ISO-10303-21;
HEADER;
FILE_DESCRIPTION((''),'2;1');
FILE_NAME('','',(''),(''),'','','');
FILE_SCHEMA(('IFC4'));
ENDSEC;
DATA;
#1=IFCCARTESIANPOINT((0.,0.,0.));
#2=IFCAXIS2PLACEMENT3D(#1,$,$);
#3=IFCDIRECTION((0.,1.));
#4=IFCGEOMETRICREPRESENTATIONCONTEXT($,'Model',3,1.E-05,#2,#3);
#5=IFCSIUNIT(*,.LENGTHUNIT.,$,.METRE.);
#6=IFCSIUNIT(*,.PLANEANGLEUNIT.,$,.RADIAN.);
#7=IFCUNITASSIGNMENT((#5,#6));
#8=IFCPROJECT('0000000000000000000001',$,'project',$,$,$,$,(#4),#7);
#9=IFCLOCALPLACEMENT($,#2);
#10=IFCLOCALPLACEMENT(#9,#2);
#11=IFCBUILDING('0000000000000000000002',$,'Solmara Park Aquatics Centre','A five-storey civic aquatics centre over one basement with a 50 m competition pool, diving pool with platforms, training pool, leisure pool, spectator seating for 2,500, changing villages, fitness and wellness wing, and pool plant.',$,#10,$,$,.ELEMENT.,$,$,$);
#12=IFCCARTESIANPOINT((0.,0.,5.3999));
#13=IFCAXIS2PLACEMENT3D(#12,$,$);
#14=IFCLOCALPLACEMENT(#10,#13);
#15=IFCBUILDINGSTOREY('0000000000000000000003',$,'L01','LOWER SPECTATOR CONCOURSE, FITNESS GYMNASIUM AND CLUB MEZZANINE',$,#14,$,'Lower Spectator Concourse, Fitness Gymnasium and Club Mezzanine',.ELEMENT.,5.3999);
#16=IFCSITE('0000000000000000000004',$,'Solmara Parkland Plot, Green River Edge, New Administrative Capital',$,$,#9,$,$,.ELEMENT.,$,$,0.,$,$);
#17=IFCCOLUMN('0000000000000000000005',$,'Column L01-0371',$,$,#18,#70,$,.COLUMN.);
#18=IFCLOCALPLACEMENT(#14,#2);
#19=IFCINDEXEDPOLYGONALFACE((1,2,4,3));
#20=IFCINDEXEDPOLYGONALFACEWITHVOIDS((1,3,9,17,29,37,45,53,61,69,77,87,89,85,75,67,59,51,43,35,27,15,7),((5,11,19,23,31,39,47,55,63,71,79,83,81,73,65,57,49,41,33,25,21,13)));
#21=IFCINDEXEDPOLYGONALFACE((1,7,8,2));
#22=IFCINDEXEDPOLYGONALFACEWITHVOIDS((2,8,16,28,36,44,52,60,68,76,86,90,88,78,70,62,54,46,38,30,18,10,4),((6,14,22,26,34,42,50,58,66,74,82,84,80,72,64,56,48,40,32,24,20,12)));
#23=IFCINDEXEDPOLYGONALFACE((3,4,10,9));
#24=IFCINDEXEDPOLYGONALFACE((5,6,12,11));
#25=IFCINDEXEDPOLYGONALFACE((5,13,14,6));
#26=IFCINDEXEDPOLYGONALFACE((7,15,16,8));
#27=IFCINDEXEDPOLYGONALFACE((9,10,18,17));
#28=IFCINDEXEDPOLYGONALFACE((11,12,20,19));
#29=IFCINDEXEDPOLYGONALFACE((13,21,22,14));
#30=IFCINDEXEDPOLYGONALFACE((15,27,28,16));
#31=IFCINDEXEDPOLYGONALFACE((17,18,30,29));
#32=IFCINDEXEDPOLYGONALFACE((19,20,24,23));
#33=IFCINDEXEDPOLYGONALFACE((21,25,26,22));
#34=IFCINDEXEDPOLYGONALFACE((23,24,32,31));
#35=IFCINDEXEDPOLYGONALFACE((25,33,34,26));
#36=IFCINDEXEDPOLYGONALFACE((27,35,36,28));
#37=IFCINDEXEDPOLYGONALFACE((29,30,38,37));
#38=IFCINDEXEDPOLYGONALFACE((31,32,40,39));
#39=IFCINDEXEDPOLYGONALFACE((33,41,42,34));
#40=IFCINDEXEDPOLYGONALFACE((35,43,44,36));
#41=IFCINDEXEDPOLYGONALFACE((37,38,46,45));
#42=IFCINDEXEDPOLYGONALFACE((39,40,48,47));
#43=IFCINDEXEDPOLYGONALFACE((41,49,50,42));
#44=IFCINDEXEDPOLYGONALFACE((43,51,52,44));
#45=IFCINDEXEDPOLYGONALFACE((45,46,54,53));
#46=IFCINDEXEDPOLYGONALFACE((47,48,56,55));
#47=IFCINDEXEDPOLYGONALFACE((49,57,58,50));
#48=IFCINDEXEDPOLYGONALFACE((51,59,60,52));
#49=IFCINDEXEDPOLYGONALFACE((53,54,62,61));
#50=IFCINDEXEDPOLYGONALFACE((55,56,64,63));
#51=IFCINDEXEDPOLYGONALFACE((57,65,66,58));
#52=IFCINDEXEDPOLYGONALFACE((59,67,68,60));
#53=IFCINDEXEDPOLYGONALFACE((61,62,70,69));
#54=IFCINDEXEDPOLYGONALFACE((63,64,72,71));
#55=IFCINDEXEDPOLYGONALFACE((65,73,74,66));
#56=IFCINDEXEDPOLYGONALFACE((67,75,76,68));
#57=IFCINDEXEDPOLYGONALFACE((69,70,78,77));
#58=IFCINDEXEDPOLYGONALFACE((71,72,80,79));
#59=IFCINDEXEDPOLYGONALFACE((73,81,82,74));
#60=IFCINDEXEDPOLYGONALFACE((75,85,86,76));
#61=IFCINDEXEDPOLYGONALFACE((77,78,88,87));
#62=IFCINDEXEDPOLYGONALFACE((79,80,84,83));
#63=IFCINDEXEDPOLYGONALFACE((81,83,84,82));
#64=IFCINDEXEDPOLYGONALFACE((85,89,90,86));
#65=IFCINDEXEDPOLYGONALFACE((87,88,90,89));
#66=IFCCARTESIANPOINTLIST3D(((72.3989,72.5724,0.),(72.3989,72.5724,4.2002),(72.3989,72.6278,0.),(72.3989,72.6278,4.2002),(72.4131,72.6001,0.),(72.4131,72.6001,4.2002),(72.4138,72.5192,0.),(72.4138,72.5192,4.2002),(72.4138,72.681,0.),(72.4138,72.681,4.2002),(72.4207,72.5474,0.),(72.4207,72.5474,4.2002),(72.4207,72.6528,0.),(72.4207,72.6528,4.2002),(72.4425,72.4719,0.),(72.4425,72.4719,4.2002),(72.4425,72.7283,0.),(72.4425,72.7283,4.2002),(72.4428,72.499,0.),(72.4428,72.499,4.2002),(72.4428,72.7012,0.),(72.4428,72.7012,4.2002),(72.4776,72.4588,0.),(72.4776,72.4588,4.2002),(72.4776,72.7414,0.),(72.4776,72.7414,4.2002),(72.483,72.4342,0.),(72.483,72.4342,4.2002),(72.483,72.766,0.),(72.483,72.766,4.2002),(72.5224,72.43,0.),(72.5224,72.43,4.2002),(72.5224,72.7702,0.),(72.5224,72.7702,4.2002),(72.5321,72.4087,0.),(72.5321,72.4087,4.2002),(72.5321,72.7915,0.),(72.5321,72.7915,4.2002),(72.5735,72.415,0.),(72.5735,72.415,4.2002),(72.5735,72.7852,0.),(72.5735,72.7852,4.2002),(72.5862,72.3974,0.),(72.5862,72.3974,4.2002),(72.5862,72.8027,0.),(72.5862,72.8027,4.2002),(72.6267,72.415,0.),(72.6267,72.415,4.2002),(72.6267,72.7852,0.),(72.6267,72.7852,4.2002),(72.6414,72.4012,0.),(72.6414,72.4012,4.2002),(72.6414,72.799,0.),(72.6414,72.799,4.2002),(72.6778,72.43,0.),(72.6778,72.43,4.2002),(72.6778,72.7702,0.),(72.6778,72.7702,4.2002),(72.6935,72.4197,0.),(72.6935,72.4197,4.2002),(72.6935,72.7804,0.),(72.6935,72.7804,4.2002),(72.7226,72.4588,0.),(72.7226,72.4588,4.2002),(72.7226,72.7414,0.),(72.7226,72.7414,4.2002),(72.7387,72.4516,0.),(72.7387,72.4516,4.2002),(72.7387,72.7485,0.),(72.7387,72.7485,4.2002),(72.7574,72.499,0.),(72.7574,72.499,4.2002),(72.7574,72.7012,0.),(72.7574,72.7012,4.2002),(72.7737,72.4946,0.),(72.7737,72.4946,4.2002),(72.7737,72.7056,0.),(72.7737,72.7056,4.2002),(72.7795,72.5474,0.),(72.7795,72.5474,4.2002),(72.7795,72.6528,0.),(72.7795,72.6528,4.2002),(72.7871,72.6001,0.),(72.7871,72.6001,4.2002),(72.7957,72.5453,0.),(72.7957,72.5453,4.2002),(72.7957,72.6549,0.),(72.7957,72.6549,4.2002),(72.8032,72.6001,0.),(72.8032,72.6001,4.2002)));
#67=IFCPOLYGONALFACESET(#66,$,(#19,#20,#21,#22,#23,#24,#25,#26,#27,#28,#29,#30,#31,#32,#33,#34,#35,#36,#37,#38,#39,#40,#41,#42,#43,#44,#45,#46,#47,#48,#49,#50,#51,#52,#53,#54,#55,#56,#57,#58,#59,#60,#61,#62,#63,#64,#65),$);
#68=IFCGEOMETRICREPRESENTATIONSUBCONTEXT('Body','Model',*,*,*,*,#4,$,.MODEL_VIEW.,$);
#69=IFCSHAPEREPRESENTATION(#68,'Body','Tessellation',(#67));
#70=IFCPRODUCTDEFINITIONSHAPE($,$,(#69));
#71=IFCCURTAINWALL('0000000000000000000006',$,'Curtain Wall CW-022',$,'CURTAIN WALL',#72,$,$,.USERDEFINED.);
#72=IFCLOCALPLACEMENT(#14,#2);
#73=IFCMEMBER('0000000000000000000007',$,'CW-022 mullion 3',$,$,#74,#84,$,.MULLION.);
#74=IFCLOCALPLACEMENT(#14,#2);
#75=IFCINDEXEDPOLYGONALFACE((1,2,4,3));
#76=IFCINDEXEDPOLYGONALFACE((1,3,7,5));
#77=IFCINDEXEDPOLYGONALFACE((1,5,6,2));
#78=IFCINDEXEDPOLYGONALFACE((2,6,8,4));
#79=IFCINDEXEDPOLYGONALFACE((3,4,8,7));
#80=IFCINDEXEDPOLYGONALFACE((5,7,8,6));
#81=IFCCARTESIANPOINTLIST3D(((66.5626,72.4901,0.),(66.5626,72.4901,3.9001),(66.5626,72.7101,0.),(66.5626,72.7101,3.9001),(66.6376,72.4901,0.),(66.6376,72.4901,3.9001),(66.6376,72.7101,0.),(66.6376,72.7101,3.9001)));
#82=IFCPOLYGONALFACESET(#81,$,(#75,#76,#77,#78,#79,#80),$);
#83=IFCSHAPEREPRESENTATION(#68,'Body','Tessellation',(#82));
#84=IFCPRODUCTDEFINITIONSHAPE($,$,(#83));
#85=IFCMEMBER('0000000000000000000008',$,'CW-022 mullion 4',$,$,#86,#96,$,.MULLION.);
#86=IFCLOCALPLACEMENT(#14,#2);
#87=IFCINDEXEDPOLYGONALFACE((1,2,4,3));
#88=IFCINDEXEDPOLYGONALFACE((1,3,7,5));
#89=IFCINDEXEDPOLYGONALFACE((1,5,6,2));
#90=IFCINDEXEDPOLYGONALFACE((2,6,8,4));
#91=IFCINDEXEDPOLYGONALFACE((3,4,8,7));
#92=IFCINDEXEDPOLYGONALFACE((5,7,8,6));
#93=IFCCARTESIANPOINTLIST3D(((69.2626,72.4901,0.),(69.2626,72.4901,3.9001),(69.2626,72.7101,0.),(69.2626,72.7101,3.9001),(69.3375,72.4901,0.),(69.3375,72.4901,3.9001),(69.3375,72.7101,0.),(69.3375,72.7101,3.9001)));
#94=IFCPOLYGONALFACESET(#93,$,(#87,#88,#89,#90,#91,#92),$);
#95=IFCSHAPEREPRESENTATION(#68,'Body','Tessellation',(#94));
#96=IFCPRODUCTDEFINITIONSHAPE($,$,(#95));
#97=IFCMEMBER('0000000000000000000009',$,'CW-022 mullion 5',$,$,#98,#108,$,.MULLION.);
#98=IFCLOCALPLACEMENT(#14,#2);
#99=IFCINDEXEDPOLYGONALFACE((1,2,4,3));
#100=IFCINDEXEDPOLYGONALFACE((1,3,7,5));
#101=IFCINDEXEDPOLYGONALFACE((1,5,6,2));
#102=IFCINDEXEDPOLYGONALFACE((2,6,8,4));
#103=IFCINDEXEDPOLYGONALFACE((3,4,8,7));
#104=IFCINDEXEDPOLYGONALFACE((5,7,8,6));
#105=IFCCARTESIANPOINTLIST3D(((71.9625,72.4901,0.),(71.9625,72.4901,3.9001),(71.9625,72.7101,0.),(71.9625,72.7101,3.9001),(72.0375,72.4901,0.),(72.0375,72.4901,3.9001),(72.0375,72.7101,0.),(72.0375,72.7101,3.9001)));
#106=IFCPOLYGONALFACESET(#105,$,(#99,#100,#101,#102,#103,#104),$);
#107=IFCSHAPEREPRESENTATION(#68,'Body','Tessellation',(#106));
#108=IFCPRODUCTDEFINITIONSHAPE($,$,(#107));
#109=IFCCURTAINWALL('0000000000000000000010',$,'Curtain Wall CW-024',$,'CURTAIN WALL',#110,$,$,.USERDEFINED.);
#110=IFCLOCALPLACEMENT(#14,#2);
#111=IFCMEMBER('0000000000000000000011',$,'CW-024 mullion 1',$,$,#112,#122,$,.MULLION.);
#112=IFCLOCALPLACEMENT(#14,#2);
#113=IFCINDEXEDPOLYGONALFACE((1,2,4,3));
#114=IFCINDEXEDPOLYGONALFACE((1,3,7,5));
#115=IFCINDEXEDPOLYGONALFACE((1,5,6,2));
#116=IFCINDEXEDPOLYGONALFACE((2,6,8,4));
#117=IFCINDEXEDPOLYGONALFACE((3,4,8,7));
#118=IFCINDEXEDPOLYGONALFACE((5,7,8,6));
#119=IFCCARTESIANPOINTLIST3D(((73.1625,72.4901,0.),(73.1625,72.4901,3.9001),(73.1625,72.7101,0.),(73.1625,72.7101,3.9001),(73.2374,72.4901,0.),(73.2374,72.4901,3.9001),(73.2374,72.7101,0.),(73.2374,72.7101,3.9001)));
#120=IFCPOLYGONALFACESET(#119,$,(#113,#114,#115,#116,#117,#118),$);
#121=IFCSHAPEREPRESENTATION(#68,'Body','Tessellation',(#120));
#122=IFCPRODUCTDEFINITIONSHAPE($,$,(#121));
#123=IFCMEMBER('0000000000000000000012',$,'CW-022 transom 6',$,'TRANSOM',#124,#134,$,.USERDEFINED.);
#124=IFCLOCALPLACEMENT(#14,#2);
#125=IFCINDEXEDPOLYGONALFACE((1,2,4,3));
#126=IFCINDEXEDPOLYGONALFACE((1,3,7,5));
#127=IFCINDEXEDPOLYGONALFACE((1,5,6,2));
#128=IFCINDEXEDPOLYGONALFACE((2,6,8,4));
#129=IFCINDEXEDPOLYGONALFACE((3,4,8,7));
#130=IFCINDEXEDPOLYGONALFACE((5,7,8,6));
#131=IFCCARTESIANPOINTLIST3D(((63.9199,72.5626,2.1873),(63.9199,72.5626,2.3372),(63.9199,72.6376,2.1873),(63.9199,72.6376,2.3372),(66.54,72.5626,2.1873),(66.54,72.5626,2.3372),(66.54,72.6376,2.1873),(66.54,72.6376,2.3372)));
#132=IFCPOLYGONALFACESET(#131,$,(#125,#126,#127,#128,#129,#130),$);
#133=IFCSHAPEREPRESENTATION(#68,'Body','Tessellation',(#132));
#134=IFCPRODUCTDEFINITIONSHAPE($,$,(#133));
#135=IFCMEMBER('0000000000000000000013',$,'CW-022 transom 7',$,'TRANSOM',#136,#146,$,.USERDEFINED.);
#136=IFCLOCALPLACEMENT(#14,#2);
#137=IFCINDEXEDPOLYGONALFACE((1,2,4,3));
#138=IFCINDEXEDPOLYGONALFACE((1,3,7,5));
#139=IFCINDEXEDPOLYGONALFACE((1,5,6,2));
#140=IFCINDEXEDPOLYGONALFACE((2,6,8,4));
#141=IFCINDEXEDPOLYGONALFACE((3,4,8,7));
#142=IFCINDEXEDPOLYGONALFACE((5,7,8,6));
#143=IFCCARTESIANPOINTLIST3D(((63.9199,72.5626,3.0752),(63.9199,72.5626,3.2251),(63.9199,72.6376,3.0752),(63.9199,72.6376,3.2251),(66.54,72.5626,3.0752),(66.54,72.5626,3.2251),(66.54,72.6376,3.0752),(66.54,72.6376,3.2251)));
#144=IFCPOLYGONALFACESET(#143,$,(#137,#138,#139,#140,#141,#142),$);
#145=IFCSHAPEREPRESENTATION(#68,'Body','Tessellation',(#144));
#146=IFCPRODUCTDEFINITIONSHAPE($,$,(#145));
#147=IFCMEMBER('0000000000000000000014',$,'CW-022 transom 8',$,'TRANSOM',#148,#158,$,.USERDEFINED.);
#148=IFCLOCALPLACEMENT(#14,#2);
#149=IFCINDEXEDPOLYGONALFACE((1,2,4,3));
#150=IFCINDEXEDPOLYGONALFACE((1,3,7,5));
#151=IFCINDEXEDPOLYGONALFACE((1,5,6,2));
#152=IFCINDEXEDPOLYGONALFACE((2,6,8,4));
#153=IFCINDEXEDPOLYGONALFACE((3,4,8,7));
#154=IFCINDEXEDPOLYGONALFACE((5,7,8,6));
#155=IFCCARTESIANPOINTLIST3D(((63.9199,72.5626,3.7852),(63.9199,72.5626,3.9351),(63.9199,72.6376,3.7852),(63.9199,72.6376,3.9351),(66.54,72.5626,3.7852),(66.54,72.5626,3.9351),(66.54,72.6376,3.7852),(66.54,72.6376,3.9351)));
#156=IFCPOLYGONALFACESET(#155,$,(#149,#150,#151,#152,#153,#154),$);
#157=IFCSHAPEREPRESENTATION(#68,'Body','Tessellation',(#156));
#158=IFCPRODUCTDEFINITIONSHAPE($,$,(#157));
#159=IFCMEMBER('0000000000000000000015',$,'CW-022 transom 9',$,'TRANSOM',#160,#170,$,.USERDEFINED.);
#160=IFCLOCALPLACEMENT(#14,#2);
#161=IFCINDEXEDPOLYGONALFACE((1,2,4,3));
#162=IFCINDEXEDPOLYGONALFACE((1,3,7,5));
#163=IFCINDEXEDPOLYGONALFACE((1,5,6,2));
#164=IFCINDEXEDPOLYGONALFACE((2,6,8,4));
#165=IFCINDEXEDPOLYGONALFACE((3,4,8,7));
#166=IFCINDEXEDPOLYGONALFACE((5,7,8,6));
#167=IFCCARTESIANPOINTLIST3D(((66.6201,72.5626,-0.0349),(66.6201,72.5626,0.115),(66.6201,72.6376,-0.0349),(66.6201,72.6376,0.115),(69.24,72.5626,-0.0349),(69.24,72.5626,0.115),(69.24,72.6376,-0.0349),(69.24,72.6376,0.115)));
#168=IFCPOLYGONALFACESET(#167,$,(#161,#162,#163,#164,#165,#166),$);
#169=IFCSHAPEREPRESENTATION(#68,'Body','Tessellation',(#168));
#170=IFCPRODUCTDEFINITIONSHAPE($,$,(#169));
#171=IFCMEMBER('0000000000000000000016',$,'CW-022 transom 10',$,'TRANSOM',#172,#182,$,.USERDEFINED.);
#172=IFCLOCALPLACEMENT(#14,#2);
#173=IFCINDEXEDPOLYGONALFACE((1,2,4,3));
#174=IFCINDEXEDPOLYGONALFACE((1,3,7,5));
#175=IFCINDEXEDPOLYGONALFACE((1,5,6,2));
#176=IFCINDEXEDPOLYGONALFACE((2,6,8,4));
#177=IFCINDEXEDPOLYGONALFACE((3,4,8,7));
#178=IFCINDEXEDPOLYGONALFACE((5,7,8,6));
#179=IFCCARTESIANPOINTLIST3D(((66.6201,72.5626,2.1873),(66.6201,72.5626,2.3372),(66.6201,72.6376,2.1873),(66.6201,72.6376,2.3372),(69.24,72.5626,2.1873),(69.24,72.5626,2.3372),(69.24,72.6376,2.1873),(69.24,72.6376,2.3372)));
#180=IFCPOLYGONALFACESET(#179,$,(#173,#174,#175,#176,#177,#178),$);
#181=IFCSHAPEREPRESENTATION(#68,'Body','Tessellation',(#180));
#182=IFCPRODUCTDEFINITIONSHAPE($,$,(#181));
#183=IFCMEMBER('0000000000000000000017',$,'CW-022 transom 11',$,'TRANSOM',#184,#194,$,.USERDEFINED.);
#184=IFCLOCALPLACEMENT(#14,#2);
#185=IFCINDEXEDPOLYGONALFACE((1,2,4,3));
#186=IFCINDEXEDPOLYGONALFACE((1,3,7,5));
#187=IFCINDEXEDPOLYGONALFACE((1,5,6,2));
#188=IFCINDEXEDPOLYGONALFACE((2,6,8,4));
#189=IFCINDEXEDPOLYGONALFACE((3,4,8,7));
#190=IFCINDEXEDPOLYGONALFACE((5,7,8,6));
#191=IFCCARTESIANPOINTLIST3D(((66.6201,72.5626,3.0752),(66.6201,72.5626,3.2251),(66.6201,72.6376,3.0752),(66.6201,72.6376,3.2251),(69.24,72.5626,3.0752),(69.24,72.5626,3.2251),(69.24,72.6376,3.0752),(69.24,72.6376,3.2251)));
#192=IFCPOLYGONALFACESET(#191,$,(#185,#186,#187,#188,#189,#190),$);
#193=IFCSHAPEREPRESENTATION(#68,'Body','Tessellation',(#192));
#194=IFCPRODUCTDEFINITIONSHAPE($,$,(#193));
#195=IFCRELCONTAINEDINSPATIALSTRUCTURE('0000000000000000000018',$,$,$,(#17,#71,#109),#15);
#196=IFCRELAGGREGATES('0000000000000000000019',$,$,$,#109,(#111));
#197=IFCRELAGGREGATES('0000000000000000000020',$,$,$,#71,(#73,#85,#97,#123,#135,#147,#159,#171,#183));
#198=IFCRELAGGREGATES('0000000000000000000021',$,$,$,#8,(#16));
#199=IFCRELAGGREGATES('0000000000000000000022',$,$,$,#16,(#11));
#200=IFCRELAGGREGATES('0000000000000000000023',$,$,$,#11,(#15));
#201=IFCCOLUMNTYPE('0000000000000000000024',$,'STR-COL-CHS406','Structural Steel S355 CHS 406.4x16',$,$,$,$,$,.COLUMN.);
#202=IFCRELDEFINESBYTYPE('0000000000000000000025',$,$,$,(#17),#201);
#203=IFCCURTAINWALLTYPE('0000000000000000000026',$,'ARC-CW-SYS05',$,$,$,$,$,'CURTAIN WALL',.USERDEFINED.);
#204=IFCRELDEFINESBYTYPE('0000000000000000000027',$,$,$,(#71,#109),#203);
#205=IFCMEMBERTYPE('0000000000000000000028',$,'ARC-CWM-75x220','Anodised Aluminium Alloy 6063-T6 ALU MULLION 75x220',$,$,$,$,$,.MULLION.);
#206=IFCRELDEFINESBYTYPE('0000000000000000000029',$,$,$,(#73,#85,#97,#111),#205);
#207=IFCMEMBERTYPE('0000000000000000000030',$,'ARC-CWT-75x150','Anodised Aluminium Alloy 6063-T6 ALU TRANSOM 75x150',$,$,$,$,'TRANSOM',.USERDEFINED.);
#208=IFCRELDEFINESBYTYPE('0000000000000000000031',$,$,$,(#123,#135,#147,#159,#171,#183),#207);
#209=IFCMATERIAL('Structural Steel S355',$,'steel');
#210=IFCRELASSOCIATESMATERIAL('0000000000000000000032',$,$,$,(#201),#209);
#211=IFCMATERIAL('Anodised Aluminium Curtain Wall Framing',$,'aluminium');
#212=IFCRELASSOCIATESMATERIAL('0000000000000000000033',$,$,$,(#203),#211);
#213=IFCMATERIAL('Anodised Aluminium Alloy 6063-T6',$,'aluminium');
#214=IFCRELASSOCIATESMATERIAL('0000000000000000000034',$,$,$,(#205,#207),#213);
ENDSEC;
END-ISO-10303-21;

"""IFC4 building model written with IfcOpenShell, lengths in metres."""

from ifc_helpers import new_model, si_unit, direction, frame, origin, origin_2d, place, context, subcontext, project, spatial, rectangle, hollow_circle, extrude, material, material_profile, profile_set, type_object, element, aggregate, save


model = new_model("IFC4")

# Units and contexts
model_context = context("Model", 3, precision=1e-05, world=origin(), true_north=direction((0.0, 1.0)))
body_context = subcontext(model_context, "Body", "Model", "MODEL_VIEW")
ifc_project = project(units=[si_unit("LENGTHUNIT", "METRE"), si_unit("PLANEANGLEUNIT", "RADIAN")], contexts=[model_context])

# Site, building, storey
site_placement = place(None, origin())
site = spatial("IfcSite", under=ifc_project, at=site_placement, Name="Solmara Parkland Plot, Green River Edge, New Administrative Capital", CompositionType="ELEMENT", RefElevation=0.0)
building_placement = place(site_placement, origin())
building = spatial("IfcBuilding", under=site, at=building_placement, Name="Solmara Park Aquatics Centre", Description="A five-storey civic aquatics centre over one basement with a 50 m competition pool, diving pool with platforms, training pool, leisure pool, spectator seating for 2,500, changing villages, fitness and wellness wing, and pool plant.", CompositionType="ELEMENT")
storey_placement = place(building_placement, frame((0.0, 0.0, 5.3999)))
storey = spatial("IfcBuildingStorey", under=building, at=storey_placement, Name="L01", Description="LOWER SPECTATOR CONCOURSE, FITNESS GYMNASIUM AND CLUB MEZZANINE", LongName="Lower Spectator Concourse, Fitness Gymnasium and Club Mezzanine", CompositionType="ELEMENT", Elevation=5.3999)

# Column
ifc_material_1 = material(Name="Structural Steel S355", Category="steel")
ifc_material_profile_1 = material_profile(ifc_material_1, hollow_circle(Radius=0.2031, WallThickness=0.0161, at=origin_2d()), Name="CHS 406.4x16")
ifc_profile_set_1 = profile_set([ifc_material_profile_1], Name="Structural Steel S355")
column_type = type_object("IfcColumnType", Name="STR-COL-CHS406", Description="Structural Steel S355 CHS 406.4x16", PredefinedType="COLUMN", material=ifc_profile_set_1)
column_placement = place(storey_placement, frame((72.6001, 72.6001, 0.0), z_axis=(0.0, 0.0, 1.0), x_axis=(1.0, 0.0, 0.0)))
element("IfcColumn", 1, at=column_placement, inside=storey, type_object=column_type, Name="Column L01-0371", PredefinedType="COLUMN", context=body_context, shape_type="SweptSolid", body=[
    extrude(hollow_circle(Radius=0.2031, WallThickness=0.0161, at=origin_2d()), origin(), (0.0, 0.0, 1.0), 4.2002),
])

# Curtain wall, members
ifc_material_2 = material(Name="Anodised Aluminium Curtain Wall Framing", Category="aluminium")
curtain_wall_type = type_object("IfcCurtainWallType", Name="ARC-CW-SYS05", ElementType="CURTAIN WALL", PredefinedType="USERDEFINED", material=ifc_material_2)
curtain_wall_1_placement = place(storey_placement, origin())
curtain_wall_1 = element("IfcCurtainWall", 2, at=curtain_wall_1_placement, inside=storey, type_object=curtain_wall_type, Name="Curtain Wall CW-022", ObjectType="CURTAIN WALL", PredefinedType="USERDEFINED")
ifc_material_3 = material(Name="Anodised Aluminium Alloy 6063-T6", Category="aluminium")
ifc_material_profile_2 = material_profile(ifc_material_3, rectangle(XDim=0.075, YDim=0.22, at=origin_2d()), Name="ALU MULLION 75x220")
ifc_profile_set_2 = profile_set([ifc_material_profile_2], Name="Anodised Aluminium Alloy 6063-T6")
member_type_1 = type_object("IfcMemberType", Name="ARC-CWM-75x220", Description="Anodised Aluminium Alloy 6063-T6 ALU MULLION 75x220", PredefinedType="MULLION", material=ifc_profile_set_2)
member_1_placement = place(storey_placement, frame((66.6001, 72.6001, 0.0), z_axis=(0.0, 0.0, 1.0), x_axis=(1.0, 0.0, 0.0)))
member_1 = element("IfcMember", 3, at=member_1_placement, type_object=member_type_1, Name="CW-022 mullion 3", PredefinedType="MULLION", context=body_context, shape_type="SweptSolid", body=[
    extrude(rectangle(XDim=0.075, YDim=0.22, at=origin_2d()), origin(), (0.0, 0.0, 1.0), 3.9001),
])
member_2_placement = place(storey_placement, frame((69.3, 72.6001, 0.0), z_axis=(0.0, 0.0, 1.0), x_axis=(1.0, 0.0, 0.0)))
member_2 = element("IfcMember", 4, at=member_2_placement, type_object=member_type_1, Name="CW-022 mullion 4", PredefinedType="MULLION", context=body_context, shape_type="SweptSolid", body=[
    extrude(rectangle(XDim=0.075, YDim=0.22, at=origin_2d()), origin(), (0.0, 0.0, 1.0), 3.9001),
])
member_3_placement = place(storey_placement, frame((72.0, 72.6001, 0.0), z_axis=(0.0, 0.0, 1.0), x_axis=(1.0, 0.0, 0.0)))
member_3 = element("IfcMember", 5, at=member_3_placement, type_object=member_type_1, Name="CW-022 mullion 5", PredefinedType="MULLION", context=body_context, shape_type="SweptSolid", body=[
    extrude(rectangle(XDim=0.075, YDim=0.22, at=origin_2d()), origin(), (0.0, 0.0, 1.0), 3.9001),
])

# Curtain wall, member
curtain_wall_2_placement = place(storey_placement, origin())
curtain_wall_2 = element("IfcCurtainWall", 6, at=curtain_wall_2_placement, inside=storey, type_object=curtain_wall_type, Name="Curtain Wall CW-024", ObjectType="CURTAIN WALL", PredefinedType="USERDEFINED")
member_4_placement = place(storey_placement, frame((73.2, 72.6001, 0.0), z_axis=(0.0, 0.0, 1.0), x_axis=(1.0, 0.0, 0.0)))
member_4 = element("IfcMember", 7, at=member_4_placement, type_object=member_type_1, Name="CW-024 mullion 1", PredefinedType="MULLION", context=body_context, shape_type="SweptSolid", body=[
    extrude(rectangle(XDim=0.075, YDim=0.22, at=origin_2d()), origin(), (0.0, 0.0, 1.0), 3.9001),
])

# Members
ifc_material_profile_3 = material_profile(ifc_material_3, rectangle(XDim=0.075, YDim=0.1499, at=origin_2d()), Name="ALU TRANSOM 75x150")
ifc_profile_set_3 = profile_set([ifc_material_profile_3], Name="Anodised Aluminium Alloy 6063-T6")
member_type_2 = type_object("IfcMemberType", Name="ARC-CWT-75x150", Description="Anodised Aluminium Alloy 6063-T6 ALU TRANSOM 75x150", ElementType="TRANSOM", PredefinedType="USERDEFINED", material=ifc_profile_set_3)
member_5_placement = place(storey_placement, frame((63.9199, 72.6001, 2.2622), z_axis=(1.0, 0.0, 0.0), x_axis=(0.0, 1.0, 0.0)))
member_5 = element("IfcMember", 8, at=member_5_placement, type_object=member_type_2, Name="CW-022 transom 6", ObjectType="TRANSOM", PredefinedType="USERDEFINED", context=body_context, shape_type="SweptSolid", body=[
    extrude(rectangle(XDim=0.075, YDim=0.1499, at=origin_2d()), origin(), (0.0, 0.0, 1.0), 2.6201),
])
member_6_placement = place(storey_placement, frame((63.9199, 72.6001, 3.1501), z_axis=(1.0, 0.0, 0.0), x_axis=(0.0, 1.0, 0.0)))
member_6 = element("IfcMember", 9, at=member_6_placement, type_object=member_type_2, Name="CW-022 transom 7", ObjectType="TRANSOM", PredefinedType="USERDEFINED", context=body_context, shape_type="SweptSolid", body=[
    extrude(rectangle(XDim=0.075, YDim=0.1499, at=origin_2d()), origin(), (0.0, 0.0, 1.0), 2.6201),
])
member_7_placement = place(storey_placement, frame((63.9199, 72.6001, 3.8601), z_axis=(1.0, 0.0, 0.0), x_axis=(0.0, 1.0, 0.0)))
member_7 = element("IfcMember", 10, at=member_7_placement, type_object=member_type_2, Name="CW-022 transom 8", ObjectType="TRANSOM", PredefinedType="USERDEFINED", context=body_context, shape_type="SweptSolid", body=[
    extrude(rectangle(XDim=0.075, YDim=0.1499, at=origin_2d()), origin(), (0.0, 0.0, 1.0), 2.6201),
])
member_8_placement = place(storey_placement, frame((66.6201, 72.6001, 0.04), z_axis=(1.0, 0.0, 0.0), x_axis=(0.0, 1.0, 0.0)))
member_8 = element("IfcMember", 11, at=member_8_placement, type_object=member_type_2, Name="CW-022 transom 9", ObjectType="TRANSOM", PredefinedType="USERDEFINED", context=body_context, shape_type="SweptSolid", body=[
    extrude(rectangle(XDim=0.075, YDim=0.1499, at=origin_2d()), origin(), (0.0, 0.0, 1.0), 2.6199),
])
member_9_placement = place(storey_placement, frame((66.6201, 72.6001, 2.2622), z_axis=(1.0, 0.0, 0.0), x_axis=(0.0, 1.0, 0.0)))
member_9 = element("IfcMember", 12, at=member_9_placement, type_object=member_type_2, Name="CW-022 transom 10", ObjectType="TRANSOM", PredefinedType="USERDEFINED", context=body_context, shape_type="SweptSolid", body=[
    extrude(rectangle(XDim=0.075, YDim=0.1499, at=origin_2d()), origin(), (0.0, 0.0, 1.0), 2.6199),
])
member_10_placement = place(storey_placement, frame((66.6201, 72.6001, 3.1501), z_axis=(1.0, 0.0, 0.0), x_axis=(0.0, 1.0, 0.0)))
member_10 = element("IfcMember", 13, at=member_10_placement, type_object=member_type_2, Name="CW-022 transom 11", ObjectType="TRANSOM", PredefinedType="USERDEFINED", context=body_context, shape_type="SweptSolid", body=[
    extrude(rectangle(XDim=0.075, YDim=0.1499, at=origin_2d()), origin(), (0.0, 0.0, 1.0), 2.6199),
])

aggregate(curtain_wall_2, [member_4])
aggregate(curtain_wall_1, [member_1, member_2, member_3, member_5, member_6, member_7, member_8, member_9, member_10])

save(model, "model.ifc")
